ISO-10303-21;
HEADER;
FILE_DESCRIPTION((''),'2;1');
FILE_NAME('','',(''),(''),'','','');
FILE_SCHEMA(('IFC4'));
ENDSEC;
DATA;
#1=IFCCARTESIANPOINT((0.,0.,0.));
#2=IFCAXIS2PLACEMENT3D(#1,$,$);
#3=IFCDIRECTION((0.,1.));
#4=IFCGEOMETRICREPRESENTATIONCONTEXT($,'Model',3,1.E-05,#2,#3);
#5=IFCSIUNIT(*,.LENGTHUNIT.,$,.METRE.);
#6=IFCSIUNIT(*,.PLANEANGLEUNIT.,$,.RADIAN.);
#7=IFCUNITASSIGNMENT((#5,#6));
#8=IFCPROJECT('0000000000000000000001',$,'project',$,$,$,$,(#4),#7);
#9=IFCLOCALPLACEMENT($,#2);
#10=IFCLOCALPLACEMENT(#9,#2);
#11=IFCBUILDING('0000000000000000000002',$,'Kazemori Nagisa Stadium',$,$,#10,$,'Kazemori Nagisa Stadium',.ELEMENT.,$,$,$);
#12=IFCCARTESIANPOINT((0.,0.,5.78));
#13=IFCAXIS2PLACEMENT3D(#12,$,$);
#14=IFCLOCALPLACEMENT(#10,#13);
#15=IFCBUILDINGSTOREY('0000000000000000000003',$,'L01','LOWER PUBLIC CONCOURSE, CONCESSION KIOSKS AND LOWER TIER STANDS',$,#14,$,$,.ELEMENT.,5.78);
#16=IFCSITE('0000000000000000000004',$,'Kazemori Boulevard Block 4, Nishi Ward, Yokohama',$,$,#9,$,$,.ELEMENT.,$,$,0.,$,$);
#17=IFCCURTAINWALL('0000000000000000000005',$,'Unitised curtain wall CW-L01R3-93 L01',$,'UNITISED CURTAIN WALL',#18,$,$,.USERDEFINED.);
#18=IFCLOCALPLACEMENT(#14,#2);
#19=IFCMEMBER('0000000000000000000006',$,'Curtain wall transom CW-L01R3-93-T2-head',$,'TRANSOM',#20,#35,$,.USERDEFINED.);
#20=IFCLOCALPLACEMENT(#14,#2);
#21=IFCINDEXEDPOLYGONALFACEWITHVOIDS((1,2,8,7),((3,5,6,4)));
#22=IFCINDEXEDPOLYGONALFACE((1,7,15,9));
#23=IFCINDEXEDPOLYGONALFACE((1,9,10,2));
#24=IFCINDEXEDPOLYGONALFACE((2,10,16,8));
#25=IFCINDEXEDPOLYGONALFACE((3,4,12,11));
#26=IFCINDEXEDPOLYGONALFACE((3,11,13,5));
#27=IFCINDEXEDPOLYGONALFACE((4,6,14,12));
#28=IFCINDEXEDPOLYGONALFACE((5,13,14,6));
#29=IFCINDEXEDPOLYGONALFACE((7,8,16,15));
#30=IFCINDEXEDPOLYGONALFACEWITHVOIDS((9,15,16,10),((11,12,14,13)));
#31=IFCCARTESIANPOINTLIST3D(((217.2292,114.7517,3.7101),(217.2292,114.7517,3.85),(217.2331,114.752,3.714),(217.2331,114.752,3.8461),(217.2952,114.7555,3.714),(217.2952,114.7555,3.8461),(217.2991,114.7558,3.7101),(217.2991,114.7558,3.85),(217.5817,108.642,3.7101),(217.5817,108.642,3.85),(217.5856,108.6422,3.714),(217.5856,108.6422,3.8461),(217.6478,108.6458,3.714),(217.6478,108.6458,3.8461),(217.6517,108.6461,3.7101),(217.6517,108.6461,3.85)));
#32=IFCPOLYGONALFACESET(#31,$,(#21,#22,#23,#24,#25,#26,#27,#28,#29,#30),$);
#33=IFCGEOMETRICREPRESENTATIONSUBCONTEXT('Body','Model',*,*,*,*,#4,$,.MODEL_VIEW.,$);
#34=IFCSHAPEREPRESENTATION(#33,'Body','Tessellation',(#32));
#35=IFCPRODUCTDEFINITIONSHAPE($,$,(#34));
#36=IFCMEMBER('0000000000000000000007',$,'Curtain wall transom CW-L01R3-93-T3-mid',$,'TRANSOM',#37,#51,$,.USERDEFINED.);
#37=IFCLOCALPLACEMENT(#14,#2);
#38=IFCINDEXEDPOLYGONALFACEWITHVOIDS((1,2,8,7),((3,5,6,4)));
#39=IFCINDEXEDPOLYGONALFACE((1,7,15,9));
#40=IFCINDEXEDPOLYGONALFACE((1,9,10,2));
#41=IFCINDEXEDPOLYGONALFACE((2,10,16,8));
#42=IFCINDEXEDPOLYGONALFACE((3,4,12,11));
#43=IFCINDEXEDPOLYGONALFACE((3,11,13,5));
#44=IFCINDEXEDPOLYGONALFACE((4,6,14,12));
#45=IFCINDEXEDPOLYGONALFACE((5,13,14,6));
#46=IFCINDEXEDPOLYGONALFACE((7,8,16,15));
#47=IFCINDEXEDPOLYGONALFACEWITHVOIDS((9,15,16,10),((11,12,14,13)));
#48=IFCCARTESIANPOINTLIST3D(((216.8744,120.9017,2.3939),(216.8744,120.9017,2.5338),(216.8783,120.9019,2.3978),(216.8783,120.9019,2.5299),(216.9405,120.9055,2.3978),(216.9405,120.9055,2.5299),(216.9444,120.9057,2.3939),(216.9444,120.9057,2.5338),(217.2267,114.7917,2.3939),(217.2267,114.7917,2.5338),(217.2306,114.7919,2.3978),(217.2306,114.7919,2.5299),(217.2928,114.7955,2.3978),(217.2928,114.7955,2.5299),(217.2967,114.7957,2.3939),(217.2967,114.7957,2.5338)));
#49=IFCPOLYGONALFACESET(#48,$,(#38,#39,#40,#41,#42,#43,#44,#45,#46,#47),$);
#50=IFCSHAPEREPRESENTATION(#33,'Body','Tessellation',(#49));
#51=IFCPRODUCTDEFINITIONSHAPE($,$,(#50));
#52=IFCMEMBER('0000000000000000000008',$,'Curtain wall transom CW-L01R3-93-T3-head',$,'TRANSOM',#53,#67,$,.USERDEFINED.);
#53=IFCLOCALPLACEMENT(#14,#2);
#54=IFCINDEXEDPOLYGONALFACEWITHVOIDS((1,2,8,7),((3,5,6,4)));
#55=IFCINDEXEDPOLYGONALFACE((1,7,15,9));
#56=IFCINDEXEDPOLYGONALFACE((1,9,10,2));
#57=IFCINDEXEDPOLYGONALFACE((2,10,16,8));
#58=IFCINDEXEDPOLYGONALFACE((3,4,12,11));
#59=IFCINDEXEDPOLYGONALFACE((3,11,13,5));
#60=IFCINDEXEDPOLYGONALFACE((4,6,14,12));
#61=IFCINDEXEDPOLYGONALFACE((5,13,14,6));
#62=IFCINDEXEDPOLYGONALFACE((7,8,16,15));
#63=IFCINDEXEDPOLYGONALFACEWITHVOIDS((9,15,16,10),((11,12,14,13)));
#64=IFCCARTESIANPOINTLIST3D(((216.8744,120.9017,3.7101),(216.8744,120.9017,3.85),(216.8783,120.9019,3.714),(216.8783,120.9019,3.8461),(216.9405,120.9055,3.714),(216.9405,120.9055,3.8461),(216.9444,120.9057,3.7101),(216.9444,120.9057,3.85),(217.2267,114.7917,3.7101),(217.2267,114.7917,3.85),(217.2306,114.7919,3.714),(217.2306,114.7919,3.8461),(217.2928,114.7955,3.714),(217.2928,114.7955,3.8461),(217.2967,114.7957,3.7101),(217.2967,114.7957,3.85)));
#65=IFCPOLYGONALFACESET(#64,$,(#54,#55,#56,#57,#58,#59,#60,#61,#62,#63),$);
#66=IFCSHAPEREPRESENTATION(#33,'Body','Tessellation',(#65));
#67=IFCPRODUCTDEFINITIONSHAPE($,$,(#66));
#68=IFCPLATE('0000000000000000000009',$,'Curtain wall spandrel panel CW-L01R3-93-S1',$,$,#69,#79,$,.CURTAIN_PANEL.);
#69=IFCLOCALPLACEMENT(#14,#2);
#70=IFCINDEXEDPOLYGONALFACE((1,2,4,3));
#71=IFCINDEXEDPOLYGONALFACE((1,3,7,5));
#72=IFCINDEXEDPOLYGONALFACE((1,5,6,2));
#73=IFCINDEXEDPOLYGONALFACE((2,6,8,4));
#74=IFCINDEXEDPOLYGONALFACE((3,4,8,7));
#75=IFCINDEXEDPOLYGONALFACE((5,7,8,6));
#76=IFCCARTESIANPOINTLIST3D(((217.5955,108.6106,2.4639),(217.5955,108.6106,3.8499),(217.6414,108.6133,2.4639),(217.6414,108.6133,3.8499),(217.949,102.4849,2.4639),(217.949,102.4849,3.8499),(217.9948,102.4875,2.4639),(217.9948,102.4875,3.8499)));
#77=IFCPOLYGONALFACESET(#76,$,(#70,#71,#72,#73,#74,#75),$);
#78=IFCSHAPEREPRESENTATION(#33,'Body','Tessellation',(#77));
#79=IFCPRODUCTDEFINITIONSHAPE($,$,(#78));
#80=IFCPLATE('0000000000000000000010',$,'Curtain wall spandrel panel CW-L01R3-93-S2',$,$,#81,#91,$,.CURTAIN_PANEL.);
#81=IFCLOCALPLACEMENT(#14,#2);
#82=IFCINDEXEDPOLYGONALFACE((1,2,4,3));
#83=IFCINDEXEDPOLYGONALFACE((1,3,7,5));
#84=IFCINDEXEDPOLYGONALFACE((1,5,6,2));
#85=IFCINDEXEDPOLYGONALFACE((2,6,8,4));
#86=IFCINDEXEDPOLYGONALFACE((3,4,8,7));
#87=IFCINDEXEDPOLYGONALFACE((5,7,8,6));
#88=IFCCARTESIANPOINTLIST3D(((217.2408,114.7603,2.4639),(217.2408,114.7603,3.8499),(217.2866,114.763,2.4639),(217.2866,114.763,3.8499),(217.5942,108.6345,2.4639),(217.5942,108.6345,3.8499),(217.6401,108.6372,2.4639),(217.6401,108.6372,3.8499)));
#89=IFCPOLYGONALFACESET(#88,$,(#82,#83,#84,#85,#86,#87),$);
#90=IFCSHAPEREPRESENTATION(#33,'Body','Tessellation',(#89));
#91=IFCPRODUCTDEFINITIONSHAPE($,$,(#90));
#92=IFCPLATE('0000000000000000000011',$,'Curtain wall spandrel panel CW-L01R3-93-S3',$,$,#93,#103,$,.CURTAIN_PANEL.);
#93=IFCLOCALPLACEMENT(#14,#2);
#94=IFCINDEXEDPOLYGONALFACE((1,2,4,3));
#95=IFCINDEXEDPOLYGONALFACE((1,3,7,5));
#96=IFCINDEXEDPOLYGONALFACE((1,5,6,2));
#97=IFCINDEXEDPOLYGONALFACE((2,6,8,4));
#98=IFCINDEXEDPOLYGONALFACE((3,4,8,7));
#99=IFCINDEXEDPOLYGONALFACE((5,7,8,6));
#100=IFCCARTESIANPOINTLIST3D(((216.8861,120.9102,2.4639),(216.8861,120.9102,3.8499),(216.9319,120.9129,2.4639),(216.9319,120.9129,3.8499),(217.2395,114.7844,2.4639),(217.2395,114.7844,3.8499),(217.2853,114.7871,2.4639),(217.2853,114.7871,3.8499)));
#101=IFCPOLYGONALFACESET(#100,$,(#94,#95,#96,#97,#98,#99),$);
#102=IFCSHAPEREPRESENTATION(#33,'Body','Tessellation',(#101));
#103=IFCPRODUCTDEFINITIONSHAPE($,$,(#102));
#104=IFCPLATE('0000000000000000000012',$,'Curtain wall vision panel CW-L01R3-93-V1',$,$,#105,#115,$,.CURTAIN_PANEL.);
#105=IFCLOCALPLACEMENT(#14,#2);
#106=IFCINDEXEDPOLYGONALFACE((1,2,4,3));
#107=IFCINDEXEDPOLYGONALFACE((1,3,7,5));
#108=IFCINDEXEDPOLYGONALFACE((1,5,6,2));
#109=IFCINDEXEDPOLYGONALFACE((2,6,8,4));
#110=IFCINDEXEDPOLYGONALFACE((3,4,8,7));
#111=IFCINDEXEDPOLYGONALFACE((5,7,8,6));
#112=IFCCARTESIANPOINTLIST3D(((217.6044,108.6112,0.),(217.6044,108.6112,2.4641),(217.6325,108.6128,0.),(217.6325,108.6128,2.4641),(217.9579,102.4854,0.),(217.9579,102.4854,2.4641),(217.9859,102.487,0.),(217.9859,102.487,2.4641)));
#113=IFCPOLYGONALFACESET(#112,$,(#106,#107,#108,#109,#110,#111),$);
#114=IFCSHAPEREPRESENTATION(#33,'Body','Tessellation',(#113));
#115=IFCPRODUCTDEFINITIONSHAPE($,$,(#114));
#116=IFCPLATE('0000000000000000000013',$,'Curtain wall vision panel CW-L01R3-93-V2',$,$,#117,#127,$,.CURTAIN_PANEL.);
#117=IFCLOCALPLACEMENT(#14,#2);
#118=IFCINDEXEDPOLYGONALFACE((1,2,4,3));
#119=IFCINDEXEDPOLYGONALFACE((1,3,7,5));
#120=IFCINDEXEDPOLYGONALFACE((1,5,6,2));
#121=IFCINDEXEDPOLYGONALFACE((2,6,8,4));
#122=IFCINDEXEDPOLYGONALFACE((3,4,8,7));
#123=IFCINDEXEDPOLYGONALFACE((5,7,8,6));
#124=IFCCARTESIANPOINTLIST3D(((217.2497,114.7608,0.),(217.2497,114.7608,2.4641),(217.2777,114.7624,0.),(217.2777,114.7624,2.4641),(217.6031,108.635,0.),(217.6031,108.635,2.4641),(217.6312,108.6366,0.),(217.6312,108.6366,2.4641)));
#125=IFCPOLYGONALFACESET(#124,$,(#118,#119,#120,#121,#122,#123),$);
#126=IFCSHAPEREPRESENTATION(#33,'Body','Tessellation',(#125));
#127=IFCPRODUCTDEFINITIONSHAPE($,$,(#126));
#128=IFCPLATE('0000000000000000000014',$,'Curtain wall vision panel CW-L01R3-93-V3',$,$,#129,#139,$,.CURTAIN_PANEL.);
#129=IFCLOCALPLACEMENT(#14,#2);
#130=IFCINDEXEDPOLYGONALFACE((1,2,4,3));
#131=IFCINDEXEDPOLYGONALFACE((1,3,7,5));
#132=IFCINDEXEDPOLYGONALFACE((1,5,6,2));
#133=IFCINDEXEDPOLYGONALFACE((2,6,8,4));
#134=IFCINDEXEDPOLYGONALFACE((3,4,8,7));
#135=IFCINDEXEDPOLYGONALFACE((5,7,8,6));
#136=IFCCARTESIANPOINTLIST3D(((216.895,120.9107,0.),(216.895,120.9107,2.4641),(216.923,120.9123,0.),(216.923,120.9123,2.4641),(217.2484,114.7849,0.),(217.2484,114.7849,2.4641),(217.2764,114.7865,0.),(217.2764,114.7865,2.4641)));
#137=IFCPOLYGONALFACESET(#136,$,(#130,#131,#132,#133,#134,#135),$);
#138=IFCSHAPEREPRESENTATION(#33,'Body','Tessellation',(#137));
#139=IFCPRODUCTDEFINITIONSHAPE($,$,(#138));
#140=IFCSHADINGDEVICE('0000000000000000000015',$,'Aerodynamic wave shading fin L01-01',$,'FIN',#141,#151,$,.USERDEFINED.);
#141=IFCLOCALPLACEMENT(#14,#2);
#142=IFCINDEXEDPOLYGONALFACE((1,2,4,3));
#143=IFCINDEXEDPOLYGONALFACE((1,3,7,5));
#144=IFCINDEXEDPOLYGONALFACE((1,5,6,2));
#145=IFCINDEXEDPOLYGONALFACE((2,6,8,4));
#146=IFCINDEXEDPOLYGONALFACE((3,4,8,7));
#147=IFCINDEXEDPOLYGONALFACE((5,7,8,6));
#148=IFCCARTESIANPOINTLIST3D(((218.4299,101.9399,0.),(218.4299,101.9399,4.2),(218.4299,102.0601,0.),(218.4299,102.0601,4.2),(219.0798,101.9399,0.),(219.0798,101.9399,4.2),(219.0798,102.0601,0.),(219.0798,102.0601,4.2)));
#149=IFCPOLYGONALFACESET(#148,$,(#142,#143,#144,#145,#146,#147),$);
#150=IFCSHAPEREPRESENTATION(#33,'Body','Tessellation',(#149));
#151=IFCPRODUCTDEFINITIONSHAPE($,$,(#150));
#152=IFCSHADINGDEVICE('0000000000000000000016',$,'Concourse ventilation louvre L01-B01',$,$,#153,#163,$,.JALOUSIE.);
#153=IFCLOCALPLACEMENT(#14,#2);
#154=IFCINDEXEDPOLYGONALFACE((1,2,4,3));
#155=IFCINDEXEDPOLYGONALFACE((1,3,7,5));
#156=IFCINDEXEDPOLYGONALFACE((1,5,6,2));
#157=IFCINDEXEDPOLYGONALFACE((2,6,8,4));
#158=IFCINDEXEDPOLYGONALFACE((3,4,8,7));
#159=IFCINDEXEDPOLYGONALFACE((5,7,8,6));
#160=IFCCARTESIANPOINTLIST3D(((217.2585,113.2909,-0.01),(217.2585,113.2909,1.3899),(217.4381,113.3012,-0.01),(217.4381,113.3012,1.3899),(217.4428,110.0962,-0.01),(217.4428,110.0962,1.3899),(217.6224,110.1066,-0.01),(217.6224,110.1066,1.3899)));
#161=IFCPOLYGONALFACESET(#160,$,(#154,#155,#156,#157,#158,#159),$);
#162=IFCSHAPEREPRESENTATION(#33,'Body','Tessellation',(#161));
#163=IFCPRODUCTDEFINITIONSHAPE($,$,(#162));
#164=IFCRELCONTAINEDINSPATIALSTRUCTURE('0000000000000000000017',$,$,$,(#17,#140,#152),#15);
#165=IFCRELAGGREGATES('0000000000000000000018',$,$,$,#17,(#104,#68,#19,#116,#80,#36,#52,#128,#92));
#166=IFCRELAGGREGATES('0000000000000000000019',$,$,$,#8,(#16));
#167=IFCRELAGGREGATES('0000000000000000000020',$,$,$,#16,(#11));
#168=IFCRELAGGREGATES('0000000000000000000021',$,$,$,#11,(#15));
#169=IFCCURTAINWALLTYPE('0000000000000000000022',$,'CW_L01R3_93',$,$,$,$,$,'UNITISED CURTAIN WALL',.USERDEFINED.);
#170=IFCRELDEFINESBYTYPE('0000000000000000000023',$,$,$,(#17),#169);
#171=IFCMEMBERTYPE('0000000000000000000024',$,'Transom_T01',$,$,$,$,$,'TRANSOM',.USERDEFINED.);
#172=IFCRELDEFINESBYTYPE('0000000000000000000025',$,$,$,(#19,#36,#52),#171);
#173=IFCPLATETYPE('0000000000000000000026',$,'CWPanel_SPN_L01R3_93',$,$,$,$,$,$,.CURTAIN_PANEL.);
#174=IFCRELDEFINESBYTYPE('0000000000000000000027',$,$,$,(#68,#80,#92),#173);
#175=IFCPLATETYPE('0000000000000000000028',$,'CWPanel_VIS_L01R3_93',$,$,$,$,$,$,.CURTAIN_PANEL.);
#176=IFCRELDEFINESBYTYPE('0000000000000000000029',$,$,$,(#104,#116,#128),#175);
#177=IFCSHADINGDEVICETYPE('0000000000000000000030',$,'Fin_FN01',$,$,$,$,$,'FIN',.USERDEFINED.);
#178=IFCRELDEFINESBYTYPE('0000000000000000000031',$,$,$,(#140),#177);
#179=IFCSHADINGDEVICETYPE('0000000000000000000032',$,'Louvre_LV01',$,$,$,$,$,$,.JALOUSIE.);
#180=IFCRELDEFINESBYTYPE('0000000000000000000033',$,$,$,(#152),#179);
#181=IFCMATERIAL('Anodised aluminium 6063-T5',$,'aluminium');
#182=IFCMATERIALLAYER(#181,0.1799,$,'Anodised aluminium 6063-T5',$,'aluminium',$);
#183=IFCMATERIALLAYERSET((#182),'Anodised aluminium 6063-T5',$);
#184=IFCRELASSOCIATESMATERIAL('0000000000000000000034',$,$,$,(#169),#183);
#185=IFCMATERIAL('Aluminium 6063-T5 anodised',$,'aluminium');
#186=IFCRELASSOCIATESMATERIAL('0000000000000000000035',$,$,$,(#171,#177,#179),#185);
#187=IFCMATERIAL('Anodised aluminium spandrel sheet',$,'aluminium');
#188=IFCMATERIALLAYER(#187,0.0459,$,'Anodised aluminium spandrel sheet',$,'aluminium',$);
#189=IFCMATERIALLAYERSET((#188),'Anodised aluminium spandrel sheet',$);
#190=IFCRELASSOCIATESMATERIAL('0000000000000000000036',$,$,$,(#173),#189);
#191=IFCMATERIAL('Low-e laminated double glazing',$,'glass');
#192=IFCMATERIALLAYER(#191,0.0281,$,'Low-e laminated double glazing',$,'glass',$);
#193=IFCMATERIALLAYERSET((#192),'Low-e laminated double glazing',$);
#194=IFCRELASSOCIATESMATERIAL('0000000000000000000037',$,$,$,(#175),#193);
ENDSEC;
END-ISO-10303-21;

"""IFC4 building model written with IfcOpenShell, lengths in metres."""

from ifc_helpers import new_model, si_unit, direction, frame, origin, origin_2d, place, context, subcontext, project, spatial, rectangle, hollow_rectangle, extrude, material, layer, layer_set, material_profile, profile_set, type_object, element, aggregate, save


model = new_model("IFC4")

# Units and contexts
model_context = context("Model", 3, precision=1e-05, world=origin(), true_north=direction((0.0, 1.0)))
body_context = subcontext(model_context, "Body", "Model", "MODEL_VIEW")
ifc_project = project(units=[si_unit("LENGTHUNIT", "METRE"), si_unit("PLANEANGLEUNIT", "RADIAN")], contexts=[model_context])

# Site, building, storey
site_placement = place(None, origin())
site = spatial("IfcSite", under=ifc_project, at=site_placement, Name="Kazemori Boulevard Block 4, Nishi Ward, Yokohama", CompositionType="ELEMENT", RefElevation=0.0)
building_placement = place(site_placement, origin())
building = spatial("IfcBuilding", under=site, at=building_placement, Name="Kazemori Nagisa Stadium", LongName="Kazemori Nagisa Stadium", CompositionType="ELEMENT")
storey_placement = place(building_placement, frame((0.0, 0.0, 5.78)))
storey = spatial("IfcBuildingStorey", under=building, at=storey_placement, Name="L01", Description="LOWER PUBLIC CONCOURSE, CONCESSION KIOSKS AND LOWER TIER STANDS", CompositionType="ELEMENT", Elevation=5.78)

# Curtain wall, members, plates
ifc_material_1 = material(Name="Anodised aluminium 6063-T5", Category="aluminium")
ifc_layer_1 = layer(ifc_material_1, 0.1799, Name="Anodised aluminium 6063-T5", Category="aluminium")
ifc_layer_set_1 = layer_set([ifc_layer_1], Name="Anodised aluminium 6063-T5")
curtain_wall_type = type_object("IfcCurtainWallType", Name="CW_L01R3_93", ElementType="UNITISED CURTAIN WALL", PredefinedType="USERDEFINED", material=ifc_layer_set_1)
curtain_wall_placement = place(storey_placement, origin())
curtain_wall = element("IfcCurtainWall", 1, at=curtain_wall_placement, inside=storey, type_object=curtain_wall_type, Name="Unitised curtain wall CW-L01R3-93 L01", ObjectType="UNITISED CURTAIN WALL", PredefinedType="USERDEFINED")
ifc_material_2 = material(Name="Aluminium 6063-T5 anodised", Category="aluminium")
ifc_material_profile_1 = material_profile(ifc_material_2, hollow_rectangle(XDim=0.0701, YDim=0.1399, WallThickness=0.0039, at=origin_2d()), Name="ALU-TRAN-70x140x4")
ifc_profile_set_1 = profile_set([ifc_material_profile_1], Name="Aluminium 6063-T5 anodised")
member_type_1 = type_object("IfcMemberType", Name="Transom_T01", ElementType="TRANSOM", PredefinedType="USERDEFINED", material=ifc_profile_set_1)
member_1_placement = place(storey_placement, frame((217.6167, 108.644, 3.78), z_axis=(-0.057606, 0.998339, 0.0), x_axis=(-0.998339, -0.057606, 0.0)))
member_1 = element("IfcMember", 2, at=member_1_placement, type_object=member_type_1, Name="Curtain wall transom CW-L01R3-93-T2-head", ObjectType="TRANSOM", PredefinedType="USERDEFINED", context=body_context, shape_type="SweptSolid", body=[
    extrude(hollow_rectangle(XDim=0.0701, YDim=0.1399, WallThickness=0.0039, at=origin_2d()), origin(), (0.0, 0.0, 1.0), 6.1199),
])
member_2_placement = place(storey_placement, frame((217.2617, 114.7937, 2.4639), z_axis=(-0.057564, 0.998342, 0.0), x_axis=(-0.998342, -0.057564, 0.0)))
member_2 = element("IfcMember", 3, at=member_2_placement, type_object=member_type_1, Name="Curtain wall transom CW-L01R3-93-T3-mid", ObjectType="TRANSOM", PredefinedType="USERDEFINED", context=body_context, shape_type="SweptSolid", body=[
    extrude(hollow_rectangle(XDim=0.0701, YDim=0.1399, WallThickness=0.0039, at=origin_2d()), origin(), (0.0, 0.0, 1.0), 6.1201),
])
member_3_placement = place(storey_placement, frame((217.2617, 114.7937, 3.78), z_axis=(-0.057564, 0.998342, 0.0), x_axis=(-0.998342, -0.057564, 0.0)))
member_3 = element("IfcMember", 4, at=member_3_placement, type_object=member_type_1, Name="Curtain wall transom CW-L01R3-93-T3-head", ObjectType="TRANSOM", PredefinedType="USERDEFINED", context=body_context, shape_type="SweptSolid", body=[
    extrude(hollow_rectangle(XDim=0.0701, YDim=0.1399, WallThickness=0.0039, at=origin_2d()), origin(), (0.0, 0.0, 1.0), 6.1201),
])
ifc_material_3 = material(Name="Anodised aluminium spandrel sheet", Category="aluminium")
ifc_layer_2 = layer(ifc_material_3, 0.0459, Name="Anodised aluminium spandrel sheet", Category="aluminium")
ifc_layer_set_2 = layer_set([ifc_layer_2], Name="Anodised aluminium spandrel sheet")
plate_type_1 = type_object("IfcPlateType", Name="CWPanel_SPN_L01R3_93", PredefinedType="CURTAIN_PANEL", material=ifc_layer_set_2)
plate_1_placement = place(storey_placement, frame((217.7952, 105.5491, 2.4639), z_axis=(0.0, 0.0, 1.0), x_axis=(-0.057602, 0.99834, 0.0)))
plate_1 = element("IfcPlate", 5, at=plate_1_placement, type_object=plate_type_1, Name="Curtain wall spandrel panel CW-L01R3-93-S1", PredefinedType="CURTAIN_PANEL", context=body_context, shape_type="SweptSolid", body=[
    extrude(rectangle(XDim=6.136, YDim=0.0459, at=origin_2d()), origin(), (0.0, 0.0, 1.0), 1.386),
])
plate_2_placement = place(storey_placement, frame((217.4404, 111.6987, 2.4639), z_axis=(0.0, 0.0, 1.0), x_axis=(-0.057602, 0.99834, 0.0)))
plate_2 = element("IfcPlate", 6, at=plate_2_placement, type_object=plate_type_1, Name="Curtain wall spandrel panel CW-L01R3-93-S2", PredefinedType="CURTAIN_PANEL", context=body_context, shape_type="SweptSolid", body=[
    extrude(rectangle(XDim=6.136, YDim=0.0459, at=origin_2d()), origin(), (0.0, 0.0, 1.0), 1.386),
])
plate_3_placement = place(storey_placement, frame((217.0857, 117.8486, 2.4639), z_axis=(0.0, 0.0, 1.0), x_axis=(-0.057602, 0.99834, 0.0)))
plate_3 = element("IfcPlate", 7, at=plate_3_placement, type_object=plate_type_1, Name="Curtain wall spandrel panel CW-L01R3-93-S3", PredefinedType="CURTAIN_PANEL", context=body_context, shape_type="SweptSolid", body=[
    extrude(rectangle(XDim=6.136, YDim=0.0459, at=origin_2d()), origin(), (0.0, 0.0, 1.0), 1.386),
])
ifc_material_4 = material(Name="Low-e laminated double glazing", Category="glass")
ifc_layer_3 = layer(ifc_material_4, 0.0281, Name="Low-e laminated double glazing", Category="glass")
ifc_layer_set_3 = layer_set([ifc_layer_3], Name="Low-e laminated double glazing")
plate_type_2 = type_object("IfcPlateType", Name="CWPanel_VIS_L01R3_93", PredefinedType="CURTAIN_PANEL", material=ifc_layer_set_3)
plate_4_placement = place(storey_placement, frame((217.7952, 105.5491, 0.0), z_axis=(0.0, 0.0, 1.0), x_axis=(-0.057602, 0.99834, 0.0)))
plate_4 = element("IfcPlate", 8, at=plate_4_placement, type_object=plate_type_2, Name="Curtain wall vision panel CW-L01R3-93-V1", PredefinedType="CURTAIN_PANEL", context=body_context, shape_type="SweptSolid", body=[
    extrude(rectangle(XDim=6.136, YDim=0.0281, at=origin_2d()), origin(), (0.0, 0.0, 1.0), 2.4641),
])
plate_5_placement = place(storey_placement, frame((217.4404, 111.6987, 0.0), z_axis=(0.0, 0.0, 1.0), x_axis=(-0.057602, 0.99834, 0.0)))
plate_5 = element("IfcPlate", 9, at=plate_5_placement, type_object=plate_type_2, Name="Curtain wall vision panel CW-L01R3-93-V2", PredefinedType="CURTAIN_PANEL", context=body_context, shape_type="SweptSolid", body=[
    extrude(rectangle(XDim=6.136, YDim=0.0281, at=origin_2d()), origin(), (0.0, 0.0, 1.0), 2.4641),
])
plate_6_placement = place(storey_placement, frame((217.0857, 117.8486, 0.0), z_axis=(0.0, 0.0, 1.0), x_axis=(-0.057602, 0.99834, 0.0)))
plate_6 = element("IfcPlate", 10, at=plate_6_placement, type_object=plate_type_2, Name="Curtain wall vision panel CW-L01R3-93-V3", PredefinedType="CURTAIN_PANEL", context=body_context, shape_type="SweptSolid", body=[
    extrude(rectangle(XDim=6.136, YDim=0.0281, at=origin_2d()), origin(), (0.0, 0.0, 1.0), 2.4641),
])
aggregate(curtain_wall, [plate_4, plate_1, member_1, plate_5, plate_2, member_2, member_3, plate_6, plate_3])

# Shading devices
shading_device_type_1 = type_object("IfcShadingDeviceType", Name="Fin_FN01", ElementType="FIN", PredefinedType="USERDEFINED", material=ifc_material_2)
shading_device_1_placement = place(storey_placement, frame((218.7549, 102.0, 0.0), z_axis=(0.0, 0.0, 1.0), x_axis=(1.0, 0.0, 0.0)))
element("IfcShadingDevice", 11, at=shading_device_1_placement, inside=storey, type_object=shading_device_type_1, Name="Aerodynamic wave shading fin L01-01", ObjectType="FIN", PredefinedType="USERDEFINED", context=body_context, shape_type="SweptSolid", body=[
    extrude(rectangle(XDim=0.6499, YDim=0.1201, at=origin_2d()), origin(), (0.0, 0.0, 1.0), 4.2),
])
shading_device_type_2 = type_object("IfcShadingDeviceType", Name="Louvre_LV01", PredefinedType="JALOUSIE", material=ifc_material_2)
shading_device_2_placement = place(storey_placement, frame((217.4404, 111.6987, -0.01), z_axis=(0.0, 0.0, 1.0), x_axis=(-0.057602, 0.99834, 0.0)))
element("IfcShadingDevice", 12, at=shading_device_2_placement, inside=storey, type_object=shading_device_type_2, Name="Concourse ventilation louvre L01-B01", PredefinedType="JALOUSIE", context=body_context, shape_type="SweptSolid", body=[
    extrude(rectangle(XDim=3.2, YDim=0.1799, at=origin_2d()), origin(), (0.0, 0.0, 1.0), 1.3999),
])

save(model, "model.ifc")
